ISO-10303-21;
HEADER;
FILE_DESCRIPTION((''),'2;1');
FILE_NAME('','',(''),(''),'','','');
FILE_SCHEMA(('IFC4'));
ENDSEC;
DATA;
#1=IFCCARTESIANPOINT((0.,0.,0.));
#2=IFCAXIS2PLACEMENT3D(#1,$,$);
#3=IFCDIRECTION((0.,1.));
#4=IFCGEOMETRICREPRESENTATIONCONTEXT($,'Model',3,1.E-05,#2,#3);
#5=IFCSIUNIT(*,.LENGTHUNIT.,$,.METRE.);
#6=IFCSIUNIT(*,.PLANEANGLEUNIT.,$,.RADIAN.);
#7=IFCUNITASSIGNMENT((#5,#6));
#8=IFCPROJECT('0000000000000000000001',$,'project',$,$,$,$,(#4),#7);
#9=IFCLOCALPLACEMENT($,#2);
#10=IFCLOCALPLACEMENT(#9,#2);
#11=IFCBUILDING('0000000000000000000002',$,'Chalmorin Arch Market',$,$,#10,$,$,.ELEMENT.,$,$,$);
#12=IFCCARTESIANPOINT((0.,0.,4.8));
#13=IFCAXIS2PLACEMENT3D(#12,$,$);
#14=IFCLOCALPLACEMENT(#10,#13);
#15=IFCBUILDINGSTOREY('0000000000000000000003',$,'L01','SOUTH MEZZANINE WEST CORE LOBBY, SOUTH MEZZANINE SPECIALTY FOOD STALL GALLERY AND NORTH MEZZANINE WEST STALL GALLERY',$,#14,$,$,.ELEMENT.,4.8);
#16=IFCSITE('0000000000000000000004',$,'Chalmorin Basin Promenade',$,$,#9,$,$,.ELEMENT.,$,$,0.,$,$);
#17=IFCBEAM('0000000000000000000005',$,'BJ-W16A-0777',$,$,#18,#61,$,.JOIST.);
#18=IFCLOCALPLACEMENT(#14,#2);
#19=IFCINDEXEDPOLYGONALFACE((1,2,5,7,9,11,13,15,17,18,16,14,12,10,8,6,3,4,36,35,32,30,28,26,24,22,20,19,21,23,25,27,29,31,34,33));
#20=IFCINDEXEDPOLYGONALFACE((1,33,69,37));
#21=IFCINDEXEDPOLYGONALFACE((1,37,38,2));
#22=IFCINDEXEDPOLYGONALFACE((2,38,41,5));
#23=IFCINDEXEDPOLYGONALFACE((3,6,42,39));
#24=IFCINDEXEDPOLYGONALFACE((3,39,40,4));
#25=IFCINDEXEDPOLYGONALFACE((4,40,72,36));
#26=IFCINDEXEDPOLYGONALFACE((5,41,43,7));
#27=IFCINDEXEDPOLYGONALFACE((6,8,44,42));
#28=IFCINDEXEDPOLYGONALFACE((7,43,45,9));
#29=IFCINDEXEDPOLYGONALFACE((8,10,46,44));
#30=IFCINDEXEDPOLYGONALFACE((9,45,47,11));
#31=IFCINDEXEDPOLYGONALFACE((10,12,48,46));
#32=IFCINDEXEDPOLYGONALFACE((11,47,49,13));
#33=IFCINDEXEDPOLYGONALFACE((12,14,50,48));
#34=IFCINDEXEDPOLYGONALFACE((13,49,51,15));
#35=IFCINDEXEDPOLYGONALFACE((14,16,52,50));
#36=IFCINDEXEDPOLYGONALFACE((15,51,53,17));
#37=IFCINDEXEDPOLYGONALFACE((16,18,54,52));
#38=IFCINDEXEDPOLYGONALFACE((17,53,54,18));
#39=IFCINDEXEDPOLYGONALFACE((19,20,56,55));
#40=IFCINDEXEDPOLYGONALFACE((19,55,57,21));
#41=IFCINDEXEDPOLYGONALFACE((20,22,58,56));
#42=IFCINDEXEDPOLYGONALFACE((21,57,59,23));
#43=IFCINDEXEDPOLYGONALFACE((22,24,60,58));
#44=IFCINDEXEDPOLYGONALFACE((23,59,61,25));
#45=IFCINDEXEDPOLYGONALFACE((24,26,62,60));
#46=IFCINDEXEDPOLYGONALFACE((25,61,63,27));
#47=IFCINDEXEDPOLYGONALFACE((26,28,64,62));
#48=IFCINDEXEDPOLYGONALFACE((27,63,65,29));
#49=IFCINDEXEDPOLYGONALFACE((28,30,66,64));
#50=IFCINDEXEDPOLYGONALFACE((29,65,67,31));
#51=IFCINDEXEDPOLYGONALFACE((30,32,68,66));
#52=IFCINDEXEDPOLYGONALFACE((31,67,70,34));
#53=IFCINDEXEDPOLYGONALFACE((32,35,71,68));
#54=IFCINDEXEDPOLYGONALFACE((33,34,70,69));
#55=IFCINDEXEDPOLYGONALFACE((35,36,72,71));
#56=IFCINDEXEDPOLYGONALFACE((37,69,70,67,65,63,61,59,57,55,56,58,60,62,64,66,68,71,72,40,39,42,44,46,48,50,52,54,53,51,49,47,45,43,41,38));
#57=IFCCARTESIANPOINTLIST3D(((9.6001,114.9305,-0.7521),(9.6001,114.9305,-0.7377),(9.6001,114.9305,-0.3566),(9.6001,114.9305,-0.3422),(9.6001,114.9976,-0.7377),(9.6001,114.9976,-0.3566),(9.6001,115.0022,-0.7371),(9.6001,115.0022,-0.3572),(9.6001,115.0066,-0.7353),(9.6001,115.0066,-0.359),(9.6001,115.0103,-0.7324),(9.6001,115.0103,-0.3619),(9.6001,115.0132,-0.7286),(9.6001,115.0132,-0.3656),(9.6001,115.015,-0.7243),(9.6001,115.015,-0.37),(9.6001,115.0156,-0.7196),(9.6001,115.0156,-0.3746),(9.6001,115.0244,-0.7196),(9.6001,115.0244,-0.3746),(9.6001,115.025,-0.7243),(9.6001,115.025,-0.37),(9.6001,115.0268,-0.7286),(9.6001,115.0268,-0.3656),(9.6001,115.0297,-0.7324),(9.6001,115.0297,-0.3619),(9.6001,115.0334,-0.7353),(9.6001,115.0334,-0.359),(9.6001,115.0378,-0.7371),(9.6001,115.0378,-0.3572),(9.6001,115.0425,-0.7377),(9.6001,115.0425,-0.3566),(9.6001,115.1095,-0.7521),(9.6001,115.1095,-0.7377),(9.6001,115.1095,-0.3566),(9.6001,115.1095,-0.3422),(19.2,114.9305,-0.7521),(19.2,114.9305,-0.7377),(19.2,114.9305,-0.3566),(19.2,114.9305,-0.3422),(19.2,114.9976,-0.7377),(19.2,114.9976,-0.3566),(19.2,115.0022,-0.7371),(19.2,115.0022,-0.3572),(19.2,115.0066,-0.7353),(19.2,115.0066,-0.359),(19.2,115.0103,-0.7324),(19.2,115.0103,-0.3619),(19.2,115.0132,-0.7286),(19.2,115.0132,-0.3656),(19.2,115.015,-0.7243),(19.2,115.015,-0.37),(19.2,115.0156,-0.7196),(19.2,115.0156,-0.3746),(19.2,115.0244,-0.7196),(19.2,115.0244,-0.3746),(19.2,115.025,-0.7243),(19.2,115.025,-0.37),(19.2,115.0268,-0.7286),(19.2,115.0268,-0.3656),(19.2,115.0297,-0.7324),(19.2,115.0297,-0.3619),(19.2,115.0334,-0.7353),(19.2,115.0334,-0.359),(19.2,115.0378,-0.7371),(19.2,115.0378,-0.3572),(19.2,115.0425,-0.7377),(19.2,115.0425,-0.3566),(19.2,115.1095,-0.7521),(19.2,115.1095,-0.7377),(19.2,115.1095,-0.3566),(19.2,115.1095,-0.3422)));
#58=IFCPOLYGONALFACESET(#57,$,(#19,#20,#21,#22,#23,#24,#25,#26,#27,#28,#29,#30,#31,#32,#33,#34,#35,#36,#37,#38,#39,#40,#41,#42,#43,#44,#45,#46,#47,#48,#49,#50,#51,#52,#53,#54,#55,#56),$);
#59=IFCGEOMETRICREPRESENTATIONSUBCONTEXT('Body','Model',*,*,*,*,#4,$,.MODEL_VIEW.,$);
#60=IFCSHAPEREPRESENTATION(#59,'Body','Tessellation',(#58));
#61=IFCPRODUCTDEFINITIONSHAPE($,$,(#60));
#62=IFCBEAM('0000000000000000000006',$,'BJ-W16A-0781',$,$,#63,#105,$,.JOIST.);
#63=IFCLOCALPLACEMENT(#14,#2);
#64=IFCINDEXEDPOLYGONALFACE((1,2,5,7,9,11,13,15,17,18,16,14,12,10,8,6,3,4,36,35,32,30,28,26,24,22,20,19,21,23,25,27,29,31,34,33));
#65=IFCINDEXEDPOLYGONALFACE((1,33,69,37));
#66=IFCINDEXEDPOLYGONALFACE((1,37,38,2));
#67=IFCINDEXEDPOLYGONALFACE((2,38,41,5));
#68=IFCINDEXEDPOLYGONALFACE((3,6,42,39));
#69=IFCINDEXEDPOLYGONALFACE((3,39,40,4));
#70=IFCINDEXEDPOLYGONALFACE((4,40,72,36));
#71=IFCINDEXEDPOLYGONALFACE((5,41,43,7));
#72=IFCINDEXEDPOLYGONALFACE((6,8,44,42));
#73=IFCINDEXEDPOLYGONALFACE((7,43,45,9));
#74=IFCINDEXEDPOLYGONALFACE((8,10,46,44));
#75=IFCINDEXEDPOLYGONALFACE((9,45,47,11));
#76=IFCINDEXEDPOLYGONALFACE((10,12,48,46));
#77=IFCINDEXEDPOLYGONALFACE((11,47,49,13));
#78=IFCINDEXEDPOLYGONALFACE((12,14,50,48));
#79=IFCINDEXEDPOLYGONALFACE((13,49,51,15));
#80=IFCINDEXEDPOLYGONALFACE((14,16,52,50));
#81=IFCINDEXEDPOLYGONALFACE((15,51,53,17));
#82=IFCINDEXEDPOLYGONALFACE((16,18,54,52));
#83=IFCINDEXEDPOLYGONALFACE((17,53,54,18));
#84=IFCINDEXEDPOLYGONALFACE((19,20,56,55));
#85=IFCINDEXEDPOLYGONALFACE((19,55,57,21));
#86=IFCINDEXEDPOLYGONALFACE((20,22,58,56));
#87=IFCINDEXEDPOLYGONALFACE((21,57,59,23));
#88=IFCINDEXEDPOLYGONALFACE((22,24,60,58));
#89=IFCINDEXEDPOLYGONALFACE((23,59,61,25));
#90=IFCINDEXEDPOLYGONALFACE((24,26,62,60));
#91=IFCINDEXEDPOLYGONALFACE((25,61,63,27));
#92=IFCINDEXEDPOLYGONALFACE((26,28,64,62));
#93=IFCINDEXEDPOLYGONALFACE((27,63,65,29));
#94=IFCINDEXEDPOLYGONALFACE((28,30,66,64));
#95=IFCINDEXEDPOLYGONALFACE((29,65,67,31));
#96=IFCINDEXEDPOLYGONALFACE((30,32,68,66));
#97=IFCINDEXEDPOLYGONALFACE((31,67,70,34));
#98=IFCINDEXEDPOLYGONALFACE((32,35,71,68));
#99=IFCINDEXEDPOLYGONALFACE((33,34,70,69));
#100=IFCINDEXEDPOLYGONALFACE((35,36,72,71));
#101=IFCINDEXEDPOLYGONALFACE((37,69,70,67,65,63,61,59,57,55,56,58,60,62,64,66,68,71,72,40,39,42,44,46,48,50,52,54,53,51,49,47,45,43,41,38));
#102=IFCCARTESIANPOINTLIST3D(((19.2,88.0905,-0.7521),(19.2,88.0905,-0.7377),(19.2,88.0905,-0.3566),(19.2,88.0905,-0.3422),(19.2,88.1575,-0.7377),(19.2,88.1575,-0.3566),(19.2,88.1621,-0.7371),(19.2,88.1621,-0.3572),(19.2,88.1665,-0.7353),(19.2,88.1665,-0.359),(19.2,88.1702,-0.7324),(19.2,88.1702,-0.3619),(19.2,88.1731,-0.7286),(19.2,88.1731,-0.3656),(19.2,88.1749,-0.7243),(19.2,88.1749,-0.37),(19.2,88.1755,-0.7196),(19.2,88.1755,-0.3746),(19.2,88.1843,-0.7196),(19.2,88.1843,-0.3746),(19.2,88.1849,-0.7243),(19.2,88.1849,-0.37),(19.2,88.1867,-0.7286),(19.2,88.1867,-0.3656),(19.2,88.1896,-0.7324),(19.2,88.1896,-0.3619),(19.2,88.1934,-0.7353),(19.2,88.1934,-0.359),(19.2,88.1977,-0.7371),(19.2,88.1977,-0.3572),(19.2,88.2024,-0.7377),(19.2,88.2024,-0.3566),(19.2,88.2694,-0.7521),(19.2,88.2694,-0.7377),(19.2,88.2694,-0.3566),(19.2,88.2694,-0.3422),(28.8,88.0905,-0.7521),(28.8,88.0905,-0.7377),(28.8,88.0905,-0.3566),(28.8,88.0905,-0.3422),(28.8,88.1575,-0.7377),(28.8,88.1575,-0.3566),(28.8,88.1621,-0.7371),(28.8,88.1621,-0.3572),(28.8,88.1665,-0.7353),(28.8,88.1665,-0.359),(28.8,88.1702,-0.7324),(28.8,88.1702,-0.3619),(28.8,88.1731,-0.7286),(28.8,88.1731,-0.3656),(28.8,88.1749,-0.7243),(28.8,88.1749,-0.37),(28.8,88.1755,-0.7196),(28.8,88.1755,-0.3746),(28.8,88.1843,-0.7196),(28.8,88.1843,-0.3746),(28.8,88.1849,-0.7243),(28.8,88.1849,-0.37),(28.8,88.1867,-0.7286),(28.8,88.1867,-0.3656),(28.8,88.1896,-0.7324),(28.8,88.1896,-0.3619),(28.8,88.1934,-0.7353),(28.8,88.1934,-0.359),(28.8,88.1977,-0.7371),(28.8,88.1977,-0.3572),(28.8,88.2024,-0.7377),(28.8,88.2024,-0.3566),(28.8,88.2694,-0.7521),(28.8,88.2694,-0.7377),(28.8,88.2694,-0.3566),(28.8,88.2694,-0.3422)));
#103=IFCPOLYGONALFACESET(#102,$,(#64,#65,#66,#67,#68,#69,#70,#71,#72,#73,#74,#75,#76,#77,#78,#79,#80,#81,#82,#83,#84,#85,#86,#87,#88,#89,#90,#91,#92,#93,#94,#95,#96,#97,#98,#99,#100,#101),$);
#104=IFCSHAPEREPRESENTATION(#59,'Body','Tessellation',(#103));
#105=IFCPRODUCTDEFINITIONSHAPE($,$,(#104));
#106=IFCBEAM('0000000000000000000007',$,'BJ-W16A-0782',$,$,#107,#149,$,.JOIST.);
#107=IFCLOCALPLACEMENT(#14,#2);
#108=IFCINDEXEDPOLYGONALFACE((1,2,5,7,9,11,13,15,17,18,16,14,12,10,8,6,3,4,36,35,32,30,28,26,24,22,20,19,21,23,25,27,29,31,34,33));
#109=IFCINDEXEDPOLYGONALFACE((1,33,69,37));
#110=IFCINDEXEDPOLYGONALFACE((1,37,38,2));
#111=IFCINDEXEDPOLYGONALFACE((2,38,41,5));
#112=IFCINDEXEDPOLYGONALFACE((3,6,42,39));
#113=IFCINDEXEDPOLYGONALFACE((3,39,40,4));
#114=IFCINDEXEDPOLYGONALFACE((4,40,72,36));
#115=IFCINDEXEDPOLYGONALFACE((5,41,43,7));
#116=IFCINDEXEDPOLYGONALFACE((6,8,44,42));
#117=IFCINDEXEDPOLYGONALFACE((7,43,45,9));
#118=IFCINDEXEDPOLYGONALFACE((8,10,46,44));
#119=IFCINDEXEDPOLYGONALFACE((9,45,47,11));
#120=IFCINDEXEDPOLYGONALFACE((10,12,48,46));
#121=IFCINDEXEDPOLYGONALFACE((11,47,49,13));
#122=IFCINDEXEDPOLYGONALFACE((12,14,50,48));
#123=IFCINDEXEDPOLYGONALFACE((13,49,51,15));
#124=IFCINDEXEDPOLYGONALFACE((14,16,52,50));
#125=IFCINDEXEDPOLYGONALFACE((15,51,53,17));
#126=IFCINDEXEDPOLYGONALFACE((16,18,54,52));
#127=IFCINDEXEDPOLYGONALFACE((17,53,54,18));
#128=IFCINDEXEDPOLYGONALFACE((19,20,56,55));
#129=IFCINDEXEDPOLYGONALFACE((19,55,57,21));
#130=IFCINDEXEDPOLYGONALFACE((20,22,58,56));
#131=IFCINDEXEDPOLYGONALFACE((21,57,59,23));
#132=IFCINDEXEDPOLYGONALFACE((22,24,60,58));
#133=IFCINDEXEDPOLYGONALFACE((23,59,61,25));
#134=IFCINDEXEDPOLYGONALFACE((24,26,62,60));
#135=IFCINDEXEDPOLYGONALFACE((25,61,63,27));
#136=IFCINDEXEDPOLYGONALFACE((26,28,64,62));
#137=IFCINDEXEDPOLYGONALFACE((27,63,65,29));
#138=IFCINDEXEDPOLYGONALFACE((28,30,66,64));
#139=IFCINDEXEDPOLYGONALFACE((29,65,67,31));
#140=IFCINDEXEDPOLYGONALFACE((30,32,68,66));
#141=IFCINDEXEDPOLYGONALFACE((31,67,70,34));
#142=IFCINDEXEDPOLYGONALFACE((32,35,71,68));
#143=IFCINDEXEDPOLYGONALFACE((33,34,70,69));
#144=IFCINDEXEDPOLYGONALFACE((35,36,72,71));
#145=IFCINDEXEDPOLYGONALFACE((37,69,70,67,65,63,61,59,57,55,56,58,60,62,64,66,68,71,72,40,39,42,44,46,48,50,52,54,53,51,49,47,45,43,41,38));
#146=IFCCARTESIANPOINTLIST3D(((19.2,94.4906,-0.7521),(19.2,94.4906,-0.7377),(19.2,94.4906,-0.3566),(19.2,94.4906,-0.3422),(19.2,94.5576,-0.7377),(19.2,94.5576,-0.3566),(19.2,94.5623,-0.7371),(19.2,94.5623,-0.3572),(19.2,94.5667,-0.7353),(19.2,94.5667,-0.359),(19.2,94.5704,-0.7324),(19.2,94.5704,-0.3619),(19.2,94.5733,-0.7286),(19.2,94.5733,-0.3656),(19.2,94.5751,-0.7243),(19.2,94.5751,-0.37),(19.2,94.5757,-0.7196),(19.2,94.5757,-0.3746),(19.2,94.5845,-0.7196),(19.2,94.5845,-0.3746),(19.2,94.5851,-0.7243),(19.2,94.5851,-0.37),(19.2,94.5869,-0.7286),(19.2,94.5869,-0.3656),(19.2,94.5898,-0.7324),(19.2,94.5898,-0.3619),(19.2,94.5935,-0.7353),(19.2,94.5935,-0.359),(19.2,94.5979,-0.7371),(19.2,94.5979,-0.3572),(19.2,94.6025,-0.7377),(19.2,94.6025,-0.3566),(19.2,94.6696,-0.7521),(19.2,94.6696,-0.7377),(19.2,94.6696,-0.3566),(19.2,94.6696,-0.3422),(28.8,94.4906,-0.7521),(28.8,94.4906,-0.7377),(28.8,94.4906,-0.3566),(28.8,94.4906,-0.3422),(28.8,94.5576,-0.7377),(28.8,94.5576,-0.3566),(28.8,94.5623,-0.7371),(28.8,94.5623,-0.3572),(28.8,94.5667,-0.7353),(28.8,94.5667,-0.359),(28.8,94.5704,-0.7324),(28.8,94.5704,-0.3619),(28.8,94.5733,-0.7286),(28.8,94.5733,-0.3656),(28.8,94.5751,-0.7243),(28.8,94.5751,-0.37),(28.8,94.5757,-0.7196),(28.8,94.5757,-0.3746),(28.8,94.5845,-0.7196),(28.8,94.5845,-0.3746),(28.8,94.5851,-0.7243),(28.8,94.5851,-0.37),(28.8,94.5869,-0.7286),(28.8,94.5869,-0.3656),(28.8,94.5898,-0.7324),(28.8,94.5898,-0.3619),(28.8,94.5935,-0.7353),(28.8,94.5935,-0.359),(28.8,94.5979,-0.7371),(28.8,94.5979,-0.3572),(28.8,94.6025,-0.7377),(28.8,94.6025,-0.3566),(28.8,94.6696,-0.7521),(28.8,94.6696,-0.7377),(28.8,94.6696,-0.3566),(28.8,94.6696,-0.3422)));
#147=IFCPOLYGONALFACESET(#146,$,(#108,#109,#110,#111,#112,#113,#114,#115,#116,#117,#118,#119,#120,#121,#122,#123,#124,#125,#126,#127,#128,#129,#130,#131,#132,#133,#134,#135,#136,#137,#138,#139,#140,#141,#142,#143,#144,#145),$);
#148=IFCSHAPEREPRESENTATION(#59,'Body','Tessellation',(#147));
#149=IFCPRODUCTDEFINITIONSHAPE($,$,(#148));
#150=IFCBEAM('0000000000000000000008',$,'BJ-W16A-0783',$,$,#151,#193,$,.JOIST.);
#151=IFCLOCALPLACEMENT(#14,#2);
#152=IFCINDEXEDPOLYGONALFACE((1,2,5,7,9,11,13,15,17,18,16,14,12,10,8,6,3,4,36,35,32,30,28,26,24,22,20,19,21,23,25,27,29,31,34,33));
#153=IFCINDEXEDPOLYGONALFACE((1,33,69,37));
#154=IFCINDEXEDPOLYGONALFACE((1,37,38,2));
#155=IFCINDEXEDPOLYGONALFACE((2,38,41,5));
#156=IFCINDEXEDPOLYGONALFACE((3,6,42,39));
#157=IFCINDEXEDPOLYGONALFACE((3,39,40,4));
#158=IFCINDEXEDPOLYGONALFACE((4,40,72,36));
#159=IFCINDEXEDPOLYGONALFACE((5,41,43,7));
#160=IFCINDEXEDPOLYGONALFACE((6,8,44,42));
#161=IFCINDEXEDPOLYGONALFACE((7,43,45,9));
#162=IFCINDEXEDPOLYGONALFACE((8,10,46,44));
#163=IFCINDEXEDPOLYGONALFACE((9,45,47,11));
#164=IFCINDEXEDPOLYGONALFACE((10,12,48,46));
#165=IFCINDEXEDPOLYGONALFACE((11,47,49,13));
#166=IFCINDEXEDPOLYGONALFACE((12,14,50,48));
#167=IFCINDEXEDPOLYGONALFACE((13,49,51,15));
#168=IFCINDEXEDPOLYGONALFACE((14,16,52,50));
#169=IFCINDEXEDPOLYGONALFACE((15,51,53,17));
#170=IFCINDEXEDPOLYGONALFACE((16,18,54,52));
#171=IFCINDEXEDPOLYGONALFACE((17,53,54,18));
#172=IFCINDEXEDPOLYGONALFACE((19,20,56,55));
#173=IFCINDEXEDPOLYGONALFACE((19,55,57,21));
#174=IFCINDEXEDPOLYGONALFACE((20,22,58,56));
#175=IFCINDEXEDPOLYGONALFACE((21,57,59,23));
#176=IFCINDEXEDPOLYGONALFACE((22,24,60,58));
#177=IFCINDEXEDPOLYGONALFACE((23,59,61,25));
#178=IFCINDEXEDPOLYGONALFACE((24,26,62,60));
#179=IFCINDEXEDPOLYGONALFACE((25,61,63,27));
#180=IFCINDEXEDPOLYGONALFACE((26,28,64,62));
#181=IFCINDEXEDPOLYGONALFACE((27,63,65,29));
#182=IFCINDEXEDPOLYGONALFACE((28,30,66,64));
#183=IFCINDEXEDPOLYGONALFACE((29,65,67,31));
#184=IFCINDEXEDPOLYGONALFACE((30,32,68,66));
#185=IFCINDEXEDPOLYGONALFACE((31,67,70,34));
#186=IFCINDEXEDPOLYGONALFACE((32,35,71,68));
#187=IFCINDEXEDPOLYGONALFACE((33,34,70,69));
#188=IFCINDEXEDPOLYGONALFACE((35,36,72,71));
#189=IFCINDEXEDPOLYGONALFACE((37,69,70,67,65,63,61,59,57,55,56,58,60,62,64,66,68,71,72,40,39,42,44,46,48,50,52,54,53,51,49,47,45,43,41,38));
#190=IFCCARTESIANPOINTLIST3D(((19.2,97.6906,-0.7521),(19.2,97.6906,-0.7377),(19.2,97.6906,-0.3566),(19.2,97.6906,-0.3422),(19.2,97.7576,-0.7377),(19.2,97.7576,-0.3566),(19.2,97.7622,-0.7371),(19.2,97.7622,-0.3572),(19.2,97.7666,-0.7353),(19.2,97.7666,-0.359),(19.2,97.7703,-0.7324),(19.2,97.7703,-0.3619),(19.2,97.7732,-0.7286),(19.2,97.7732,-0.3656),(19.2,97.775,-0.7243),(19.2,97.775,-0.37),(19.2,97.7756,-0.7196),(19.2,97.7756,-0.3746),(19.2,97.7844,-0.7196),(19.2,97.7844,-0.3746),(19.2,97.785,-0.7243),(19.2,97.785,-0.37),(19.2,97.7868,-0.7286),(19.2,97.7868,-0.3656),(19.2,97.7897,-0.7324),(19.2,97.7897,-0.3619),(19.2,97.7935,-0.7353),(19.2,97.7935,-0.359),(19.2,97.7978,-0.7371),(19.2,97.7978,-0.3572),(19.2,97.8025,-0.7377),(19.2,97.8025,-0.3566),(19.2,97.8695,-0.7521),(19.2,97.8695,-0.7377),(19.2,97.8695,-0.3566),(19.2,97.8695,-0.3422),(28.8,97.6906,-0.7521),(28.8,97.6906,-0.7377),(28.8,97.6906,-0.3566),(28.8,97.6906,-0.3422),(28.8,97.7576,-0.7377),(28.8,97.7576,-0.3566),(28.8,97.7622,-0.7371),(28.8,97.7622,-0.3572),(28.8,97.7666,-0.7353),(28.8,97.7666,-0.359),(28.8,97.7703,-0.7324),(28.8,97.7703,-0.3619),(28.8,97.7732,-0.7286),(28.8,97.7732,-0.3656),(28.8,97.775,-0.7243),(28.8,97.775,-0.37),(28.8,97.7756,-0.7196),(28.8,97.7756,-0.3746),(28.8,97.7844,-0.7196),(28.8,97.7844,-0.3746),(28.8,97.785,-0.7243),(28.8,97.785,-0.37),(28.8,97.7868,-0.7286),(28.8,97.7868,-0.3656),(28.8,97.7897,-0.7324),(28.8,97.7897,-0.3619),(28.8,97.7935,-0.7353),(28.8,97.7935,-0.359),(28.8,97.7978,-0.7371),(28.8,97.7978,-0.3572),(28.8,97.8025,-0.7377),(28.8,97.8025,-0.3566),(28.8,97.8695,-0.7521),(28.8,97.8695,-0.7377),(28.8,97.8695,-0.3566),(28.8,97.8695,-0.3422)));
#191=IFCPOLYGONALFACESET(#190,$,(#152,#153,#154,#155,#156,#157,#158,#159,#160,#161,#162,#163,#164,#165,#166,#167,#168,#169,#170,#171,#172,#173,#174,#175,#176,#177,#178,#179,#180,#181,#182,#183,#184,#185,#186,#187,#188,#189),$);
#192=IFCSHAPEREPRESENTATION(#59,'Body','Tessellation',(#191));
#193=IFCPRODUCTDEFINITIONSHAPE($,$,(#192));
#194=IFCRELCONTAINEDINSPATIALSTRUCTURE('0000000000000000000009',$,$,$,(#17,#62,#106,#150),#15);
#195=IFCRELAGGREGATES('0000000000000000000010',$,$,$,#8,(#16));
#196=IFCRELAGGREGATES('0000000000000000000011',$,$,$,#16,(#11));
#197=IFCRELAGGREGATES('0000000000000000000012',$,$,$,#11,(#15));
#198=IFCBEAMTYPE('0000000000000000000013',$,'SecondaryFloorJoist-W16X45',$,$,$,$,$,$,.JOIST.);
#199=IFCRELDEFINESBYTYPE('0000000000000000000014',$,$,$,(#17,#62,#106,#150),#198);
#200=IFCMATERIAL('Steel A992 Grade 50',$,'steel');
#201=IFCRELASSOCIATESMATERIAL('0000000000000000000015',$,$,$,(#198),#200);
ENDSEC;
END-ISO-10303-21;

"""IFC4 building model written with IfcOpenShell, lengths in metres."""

from ifc_helpers import new_model, si_unit, direction, frame, origin, origin_2d, place, context, subcontext, project, spatial, i_section, extrude, material, material_profile, profile_set, type_object, element, save


model = new_model("IFC4")

# Units and contexts
model_context = context("Model", 3, precision=1e-05, world=origin(), true_north=direction((0.0, 1.0)))
body_context = subcontext(model_context, "Body", "Model", "MODEL_VIEW")
ifc_project = project(units=[si_unit("LENGTHUNIT", "METRE"), si_unit("PLANEANGLEUNIT", "RADIAN")], contexts=[model_context])

# Site, building, storey
site_placement = place(None, origin())
site = spatial("IfcSite", under=ifc_project, at=site_placement, Name="Chalmorin Basin Promenade", CompositionType="ELEMENT", RefElevation=0.0)
building_placement = place(site_placement, origin())
building = spatial("IfcBuilding", under=site, at=building_placement, Name="Chalmorin Arch Market", CompositionType="ELEMENT")
storey_placement = place(building_placement, frame((0.0, 0.0, 4.8)))
storey = spatial("IfcBuildingStorey", under=building, at=storey_placement, Name="L01", Description="SOUTH MEZZANINE WEST CORE LOBBY, SOUTH MEZZANINE SPECIALTY FOOD STALL GALLERY AND NORTH MEZZANINE WEST STALL GALLERY", CompositionType="ELEMENT", Elevation=4.8)

# Beams
ifc_material = material(Name="Steel A992 Grade 50", Category="steel")
ifc_material_profile_1 = material_profile(ifc_material, i_section(OverallWidth=0.179, OverallDepth=0.4099, WebThickness=0.0088, FlangeThickness=0.0144, FilletRadius=0.0181, at=origin_2d()), Name="W16X45")
ifc_profile_set_1 = profile_set([ifc_material_profile_1], Name="Steel A992 Grade 50")
beam_type_1 = type_object("IfcBeamType", Name="SecondaryFloorJoist-W16X45", PredefinedType="JOIST", material=ifc_profile_set_1)
for number, where, z_axis, x_axis, name in (
    (1, (9.6001, 115.02, -0.5471), (1.0, 0.0, 0.0), (0.0, 1.0, 0.0), "BJ-W16A-0777"),
):
    element("IfcBeam", number, at=place(storey_placement, frame(where, z_axis=z_axis, x_axis=x_axis)), inside=storey, type_object=beam_type_1, Name=name, PredefinedType="JOIST", context=body_context, shape_type="SweptSolid", body=[
        extrude(i_section(OverallWidth=0.179, OverallDepth=0.4099, WebThickness=0.0088, FlangeThickness=0.0144, FilletRadius=0.0181, at=origin_2d()), origin(), (0.0, 0.0, 1.0), 9.5999),
    ])
for number, where, z_axis, x_axis, name in (
    (2, (19.2, 88.1799, -0.5471), (1.0, 0.0, 0.0), (0.0, 1.0, 0.0), "BJ-W16A-0781"),
    (3, (19.2, 94.5801, -0.5471), (1.0, 0.0, 0.0), (0.0, 1.0, 0.0), "BJ-W16A-0782"),
    (4, (19.2, 97.78, -0.5471), (1.0, 0.0, 0.0), (0.0, 1.0, 0.0), "BJ-W16A-0783"),
):
    element("IfcBeam", number, at=place(storey_placement, frame(where, z_axis=z_axis, x_axis=x_axis)), inside=storey, type_object=beam_type_1, Name=name, PredefinedType="JOIST", context=body_context, shape_type="SweptSolid", body=[
        extrude(i_section(OverallWidth=0.179, OverallDepth=0.4099, WebThickness=0.0088, FlangeThickness=0.0144, FilletRadius=0.0181, at=origin_2d()), origin(), (0.0, 0.0, 1.0), 9.6001),
    ])

save(model, "model.ifc")
